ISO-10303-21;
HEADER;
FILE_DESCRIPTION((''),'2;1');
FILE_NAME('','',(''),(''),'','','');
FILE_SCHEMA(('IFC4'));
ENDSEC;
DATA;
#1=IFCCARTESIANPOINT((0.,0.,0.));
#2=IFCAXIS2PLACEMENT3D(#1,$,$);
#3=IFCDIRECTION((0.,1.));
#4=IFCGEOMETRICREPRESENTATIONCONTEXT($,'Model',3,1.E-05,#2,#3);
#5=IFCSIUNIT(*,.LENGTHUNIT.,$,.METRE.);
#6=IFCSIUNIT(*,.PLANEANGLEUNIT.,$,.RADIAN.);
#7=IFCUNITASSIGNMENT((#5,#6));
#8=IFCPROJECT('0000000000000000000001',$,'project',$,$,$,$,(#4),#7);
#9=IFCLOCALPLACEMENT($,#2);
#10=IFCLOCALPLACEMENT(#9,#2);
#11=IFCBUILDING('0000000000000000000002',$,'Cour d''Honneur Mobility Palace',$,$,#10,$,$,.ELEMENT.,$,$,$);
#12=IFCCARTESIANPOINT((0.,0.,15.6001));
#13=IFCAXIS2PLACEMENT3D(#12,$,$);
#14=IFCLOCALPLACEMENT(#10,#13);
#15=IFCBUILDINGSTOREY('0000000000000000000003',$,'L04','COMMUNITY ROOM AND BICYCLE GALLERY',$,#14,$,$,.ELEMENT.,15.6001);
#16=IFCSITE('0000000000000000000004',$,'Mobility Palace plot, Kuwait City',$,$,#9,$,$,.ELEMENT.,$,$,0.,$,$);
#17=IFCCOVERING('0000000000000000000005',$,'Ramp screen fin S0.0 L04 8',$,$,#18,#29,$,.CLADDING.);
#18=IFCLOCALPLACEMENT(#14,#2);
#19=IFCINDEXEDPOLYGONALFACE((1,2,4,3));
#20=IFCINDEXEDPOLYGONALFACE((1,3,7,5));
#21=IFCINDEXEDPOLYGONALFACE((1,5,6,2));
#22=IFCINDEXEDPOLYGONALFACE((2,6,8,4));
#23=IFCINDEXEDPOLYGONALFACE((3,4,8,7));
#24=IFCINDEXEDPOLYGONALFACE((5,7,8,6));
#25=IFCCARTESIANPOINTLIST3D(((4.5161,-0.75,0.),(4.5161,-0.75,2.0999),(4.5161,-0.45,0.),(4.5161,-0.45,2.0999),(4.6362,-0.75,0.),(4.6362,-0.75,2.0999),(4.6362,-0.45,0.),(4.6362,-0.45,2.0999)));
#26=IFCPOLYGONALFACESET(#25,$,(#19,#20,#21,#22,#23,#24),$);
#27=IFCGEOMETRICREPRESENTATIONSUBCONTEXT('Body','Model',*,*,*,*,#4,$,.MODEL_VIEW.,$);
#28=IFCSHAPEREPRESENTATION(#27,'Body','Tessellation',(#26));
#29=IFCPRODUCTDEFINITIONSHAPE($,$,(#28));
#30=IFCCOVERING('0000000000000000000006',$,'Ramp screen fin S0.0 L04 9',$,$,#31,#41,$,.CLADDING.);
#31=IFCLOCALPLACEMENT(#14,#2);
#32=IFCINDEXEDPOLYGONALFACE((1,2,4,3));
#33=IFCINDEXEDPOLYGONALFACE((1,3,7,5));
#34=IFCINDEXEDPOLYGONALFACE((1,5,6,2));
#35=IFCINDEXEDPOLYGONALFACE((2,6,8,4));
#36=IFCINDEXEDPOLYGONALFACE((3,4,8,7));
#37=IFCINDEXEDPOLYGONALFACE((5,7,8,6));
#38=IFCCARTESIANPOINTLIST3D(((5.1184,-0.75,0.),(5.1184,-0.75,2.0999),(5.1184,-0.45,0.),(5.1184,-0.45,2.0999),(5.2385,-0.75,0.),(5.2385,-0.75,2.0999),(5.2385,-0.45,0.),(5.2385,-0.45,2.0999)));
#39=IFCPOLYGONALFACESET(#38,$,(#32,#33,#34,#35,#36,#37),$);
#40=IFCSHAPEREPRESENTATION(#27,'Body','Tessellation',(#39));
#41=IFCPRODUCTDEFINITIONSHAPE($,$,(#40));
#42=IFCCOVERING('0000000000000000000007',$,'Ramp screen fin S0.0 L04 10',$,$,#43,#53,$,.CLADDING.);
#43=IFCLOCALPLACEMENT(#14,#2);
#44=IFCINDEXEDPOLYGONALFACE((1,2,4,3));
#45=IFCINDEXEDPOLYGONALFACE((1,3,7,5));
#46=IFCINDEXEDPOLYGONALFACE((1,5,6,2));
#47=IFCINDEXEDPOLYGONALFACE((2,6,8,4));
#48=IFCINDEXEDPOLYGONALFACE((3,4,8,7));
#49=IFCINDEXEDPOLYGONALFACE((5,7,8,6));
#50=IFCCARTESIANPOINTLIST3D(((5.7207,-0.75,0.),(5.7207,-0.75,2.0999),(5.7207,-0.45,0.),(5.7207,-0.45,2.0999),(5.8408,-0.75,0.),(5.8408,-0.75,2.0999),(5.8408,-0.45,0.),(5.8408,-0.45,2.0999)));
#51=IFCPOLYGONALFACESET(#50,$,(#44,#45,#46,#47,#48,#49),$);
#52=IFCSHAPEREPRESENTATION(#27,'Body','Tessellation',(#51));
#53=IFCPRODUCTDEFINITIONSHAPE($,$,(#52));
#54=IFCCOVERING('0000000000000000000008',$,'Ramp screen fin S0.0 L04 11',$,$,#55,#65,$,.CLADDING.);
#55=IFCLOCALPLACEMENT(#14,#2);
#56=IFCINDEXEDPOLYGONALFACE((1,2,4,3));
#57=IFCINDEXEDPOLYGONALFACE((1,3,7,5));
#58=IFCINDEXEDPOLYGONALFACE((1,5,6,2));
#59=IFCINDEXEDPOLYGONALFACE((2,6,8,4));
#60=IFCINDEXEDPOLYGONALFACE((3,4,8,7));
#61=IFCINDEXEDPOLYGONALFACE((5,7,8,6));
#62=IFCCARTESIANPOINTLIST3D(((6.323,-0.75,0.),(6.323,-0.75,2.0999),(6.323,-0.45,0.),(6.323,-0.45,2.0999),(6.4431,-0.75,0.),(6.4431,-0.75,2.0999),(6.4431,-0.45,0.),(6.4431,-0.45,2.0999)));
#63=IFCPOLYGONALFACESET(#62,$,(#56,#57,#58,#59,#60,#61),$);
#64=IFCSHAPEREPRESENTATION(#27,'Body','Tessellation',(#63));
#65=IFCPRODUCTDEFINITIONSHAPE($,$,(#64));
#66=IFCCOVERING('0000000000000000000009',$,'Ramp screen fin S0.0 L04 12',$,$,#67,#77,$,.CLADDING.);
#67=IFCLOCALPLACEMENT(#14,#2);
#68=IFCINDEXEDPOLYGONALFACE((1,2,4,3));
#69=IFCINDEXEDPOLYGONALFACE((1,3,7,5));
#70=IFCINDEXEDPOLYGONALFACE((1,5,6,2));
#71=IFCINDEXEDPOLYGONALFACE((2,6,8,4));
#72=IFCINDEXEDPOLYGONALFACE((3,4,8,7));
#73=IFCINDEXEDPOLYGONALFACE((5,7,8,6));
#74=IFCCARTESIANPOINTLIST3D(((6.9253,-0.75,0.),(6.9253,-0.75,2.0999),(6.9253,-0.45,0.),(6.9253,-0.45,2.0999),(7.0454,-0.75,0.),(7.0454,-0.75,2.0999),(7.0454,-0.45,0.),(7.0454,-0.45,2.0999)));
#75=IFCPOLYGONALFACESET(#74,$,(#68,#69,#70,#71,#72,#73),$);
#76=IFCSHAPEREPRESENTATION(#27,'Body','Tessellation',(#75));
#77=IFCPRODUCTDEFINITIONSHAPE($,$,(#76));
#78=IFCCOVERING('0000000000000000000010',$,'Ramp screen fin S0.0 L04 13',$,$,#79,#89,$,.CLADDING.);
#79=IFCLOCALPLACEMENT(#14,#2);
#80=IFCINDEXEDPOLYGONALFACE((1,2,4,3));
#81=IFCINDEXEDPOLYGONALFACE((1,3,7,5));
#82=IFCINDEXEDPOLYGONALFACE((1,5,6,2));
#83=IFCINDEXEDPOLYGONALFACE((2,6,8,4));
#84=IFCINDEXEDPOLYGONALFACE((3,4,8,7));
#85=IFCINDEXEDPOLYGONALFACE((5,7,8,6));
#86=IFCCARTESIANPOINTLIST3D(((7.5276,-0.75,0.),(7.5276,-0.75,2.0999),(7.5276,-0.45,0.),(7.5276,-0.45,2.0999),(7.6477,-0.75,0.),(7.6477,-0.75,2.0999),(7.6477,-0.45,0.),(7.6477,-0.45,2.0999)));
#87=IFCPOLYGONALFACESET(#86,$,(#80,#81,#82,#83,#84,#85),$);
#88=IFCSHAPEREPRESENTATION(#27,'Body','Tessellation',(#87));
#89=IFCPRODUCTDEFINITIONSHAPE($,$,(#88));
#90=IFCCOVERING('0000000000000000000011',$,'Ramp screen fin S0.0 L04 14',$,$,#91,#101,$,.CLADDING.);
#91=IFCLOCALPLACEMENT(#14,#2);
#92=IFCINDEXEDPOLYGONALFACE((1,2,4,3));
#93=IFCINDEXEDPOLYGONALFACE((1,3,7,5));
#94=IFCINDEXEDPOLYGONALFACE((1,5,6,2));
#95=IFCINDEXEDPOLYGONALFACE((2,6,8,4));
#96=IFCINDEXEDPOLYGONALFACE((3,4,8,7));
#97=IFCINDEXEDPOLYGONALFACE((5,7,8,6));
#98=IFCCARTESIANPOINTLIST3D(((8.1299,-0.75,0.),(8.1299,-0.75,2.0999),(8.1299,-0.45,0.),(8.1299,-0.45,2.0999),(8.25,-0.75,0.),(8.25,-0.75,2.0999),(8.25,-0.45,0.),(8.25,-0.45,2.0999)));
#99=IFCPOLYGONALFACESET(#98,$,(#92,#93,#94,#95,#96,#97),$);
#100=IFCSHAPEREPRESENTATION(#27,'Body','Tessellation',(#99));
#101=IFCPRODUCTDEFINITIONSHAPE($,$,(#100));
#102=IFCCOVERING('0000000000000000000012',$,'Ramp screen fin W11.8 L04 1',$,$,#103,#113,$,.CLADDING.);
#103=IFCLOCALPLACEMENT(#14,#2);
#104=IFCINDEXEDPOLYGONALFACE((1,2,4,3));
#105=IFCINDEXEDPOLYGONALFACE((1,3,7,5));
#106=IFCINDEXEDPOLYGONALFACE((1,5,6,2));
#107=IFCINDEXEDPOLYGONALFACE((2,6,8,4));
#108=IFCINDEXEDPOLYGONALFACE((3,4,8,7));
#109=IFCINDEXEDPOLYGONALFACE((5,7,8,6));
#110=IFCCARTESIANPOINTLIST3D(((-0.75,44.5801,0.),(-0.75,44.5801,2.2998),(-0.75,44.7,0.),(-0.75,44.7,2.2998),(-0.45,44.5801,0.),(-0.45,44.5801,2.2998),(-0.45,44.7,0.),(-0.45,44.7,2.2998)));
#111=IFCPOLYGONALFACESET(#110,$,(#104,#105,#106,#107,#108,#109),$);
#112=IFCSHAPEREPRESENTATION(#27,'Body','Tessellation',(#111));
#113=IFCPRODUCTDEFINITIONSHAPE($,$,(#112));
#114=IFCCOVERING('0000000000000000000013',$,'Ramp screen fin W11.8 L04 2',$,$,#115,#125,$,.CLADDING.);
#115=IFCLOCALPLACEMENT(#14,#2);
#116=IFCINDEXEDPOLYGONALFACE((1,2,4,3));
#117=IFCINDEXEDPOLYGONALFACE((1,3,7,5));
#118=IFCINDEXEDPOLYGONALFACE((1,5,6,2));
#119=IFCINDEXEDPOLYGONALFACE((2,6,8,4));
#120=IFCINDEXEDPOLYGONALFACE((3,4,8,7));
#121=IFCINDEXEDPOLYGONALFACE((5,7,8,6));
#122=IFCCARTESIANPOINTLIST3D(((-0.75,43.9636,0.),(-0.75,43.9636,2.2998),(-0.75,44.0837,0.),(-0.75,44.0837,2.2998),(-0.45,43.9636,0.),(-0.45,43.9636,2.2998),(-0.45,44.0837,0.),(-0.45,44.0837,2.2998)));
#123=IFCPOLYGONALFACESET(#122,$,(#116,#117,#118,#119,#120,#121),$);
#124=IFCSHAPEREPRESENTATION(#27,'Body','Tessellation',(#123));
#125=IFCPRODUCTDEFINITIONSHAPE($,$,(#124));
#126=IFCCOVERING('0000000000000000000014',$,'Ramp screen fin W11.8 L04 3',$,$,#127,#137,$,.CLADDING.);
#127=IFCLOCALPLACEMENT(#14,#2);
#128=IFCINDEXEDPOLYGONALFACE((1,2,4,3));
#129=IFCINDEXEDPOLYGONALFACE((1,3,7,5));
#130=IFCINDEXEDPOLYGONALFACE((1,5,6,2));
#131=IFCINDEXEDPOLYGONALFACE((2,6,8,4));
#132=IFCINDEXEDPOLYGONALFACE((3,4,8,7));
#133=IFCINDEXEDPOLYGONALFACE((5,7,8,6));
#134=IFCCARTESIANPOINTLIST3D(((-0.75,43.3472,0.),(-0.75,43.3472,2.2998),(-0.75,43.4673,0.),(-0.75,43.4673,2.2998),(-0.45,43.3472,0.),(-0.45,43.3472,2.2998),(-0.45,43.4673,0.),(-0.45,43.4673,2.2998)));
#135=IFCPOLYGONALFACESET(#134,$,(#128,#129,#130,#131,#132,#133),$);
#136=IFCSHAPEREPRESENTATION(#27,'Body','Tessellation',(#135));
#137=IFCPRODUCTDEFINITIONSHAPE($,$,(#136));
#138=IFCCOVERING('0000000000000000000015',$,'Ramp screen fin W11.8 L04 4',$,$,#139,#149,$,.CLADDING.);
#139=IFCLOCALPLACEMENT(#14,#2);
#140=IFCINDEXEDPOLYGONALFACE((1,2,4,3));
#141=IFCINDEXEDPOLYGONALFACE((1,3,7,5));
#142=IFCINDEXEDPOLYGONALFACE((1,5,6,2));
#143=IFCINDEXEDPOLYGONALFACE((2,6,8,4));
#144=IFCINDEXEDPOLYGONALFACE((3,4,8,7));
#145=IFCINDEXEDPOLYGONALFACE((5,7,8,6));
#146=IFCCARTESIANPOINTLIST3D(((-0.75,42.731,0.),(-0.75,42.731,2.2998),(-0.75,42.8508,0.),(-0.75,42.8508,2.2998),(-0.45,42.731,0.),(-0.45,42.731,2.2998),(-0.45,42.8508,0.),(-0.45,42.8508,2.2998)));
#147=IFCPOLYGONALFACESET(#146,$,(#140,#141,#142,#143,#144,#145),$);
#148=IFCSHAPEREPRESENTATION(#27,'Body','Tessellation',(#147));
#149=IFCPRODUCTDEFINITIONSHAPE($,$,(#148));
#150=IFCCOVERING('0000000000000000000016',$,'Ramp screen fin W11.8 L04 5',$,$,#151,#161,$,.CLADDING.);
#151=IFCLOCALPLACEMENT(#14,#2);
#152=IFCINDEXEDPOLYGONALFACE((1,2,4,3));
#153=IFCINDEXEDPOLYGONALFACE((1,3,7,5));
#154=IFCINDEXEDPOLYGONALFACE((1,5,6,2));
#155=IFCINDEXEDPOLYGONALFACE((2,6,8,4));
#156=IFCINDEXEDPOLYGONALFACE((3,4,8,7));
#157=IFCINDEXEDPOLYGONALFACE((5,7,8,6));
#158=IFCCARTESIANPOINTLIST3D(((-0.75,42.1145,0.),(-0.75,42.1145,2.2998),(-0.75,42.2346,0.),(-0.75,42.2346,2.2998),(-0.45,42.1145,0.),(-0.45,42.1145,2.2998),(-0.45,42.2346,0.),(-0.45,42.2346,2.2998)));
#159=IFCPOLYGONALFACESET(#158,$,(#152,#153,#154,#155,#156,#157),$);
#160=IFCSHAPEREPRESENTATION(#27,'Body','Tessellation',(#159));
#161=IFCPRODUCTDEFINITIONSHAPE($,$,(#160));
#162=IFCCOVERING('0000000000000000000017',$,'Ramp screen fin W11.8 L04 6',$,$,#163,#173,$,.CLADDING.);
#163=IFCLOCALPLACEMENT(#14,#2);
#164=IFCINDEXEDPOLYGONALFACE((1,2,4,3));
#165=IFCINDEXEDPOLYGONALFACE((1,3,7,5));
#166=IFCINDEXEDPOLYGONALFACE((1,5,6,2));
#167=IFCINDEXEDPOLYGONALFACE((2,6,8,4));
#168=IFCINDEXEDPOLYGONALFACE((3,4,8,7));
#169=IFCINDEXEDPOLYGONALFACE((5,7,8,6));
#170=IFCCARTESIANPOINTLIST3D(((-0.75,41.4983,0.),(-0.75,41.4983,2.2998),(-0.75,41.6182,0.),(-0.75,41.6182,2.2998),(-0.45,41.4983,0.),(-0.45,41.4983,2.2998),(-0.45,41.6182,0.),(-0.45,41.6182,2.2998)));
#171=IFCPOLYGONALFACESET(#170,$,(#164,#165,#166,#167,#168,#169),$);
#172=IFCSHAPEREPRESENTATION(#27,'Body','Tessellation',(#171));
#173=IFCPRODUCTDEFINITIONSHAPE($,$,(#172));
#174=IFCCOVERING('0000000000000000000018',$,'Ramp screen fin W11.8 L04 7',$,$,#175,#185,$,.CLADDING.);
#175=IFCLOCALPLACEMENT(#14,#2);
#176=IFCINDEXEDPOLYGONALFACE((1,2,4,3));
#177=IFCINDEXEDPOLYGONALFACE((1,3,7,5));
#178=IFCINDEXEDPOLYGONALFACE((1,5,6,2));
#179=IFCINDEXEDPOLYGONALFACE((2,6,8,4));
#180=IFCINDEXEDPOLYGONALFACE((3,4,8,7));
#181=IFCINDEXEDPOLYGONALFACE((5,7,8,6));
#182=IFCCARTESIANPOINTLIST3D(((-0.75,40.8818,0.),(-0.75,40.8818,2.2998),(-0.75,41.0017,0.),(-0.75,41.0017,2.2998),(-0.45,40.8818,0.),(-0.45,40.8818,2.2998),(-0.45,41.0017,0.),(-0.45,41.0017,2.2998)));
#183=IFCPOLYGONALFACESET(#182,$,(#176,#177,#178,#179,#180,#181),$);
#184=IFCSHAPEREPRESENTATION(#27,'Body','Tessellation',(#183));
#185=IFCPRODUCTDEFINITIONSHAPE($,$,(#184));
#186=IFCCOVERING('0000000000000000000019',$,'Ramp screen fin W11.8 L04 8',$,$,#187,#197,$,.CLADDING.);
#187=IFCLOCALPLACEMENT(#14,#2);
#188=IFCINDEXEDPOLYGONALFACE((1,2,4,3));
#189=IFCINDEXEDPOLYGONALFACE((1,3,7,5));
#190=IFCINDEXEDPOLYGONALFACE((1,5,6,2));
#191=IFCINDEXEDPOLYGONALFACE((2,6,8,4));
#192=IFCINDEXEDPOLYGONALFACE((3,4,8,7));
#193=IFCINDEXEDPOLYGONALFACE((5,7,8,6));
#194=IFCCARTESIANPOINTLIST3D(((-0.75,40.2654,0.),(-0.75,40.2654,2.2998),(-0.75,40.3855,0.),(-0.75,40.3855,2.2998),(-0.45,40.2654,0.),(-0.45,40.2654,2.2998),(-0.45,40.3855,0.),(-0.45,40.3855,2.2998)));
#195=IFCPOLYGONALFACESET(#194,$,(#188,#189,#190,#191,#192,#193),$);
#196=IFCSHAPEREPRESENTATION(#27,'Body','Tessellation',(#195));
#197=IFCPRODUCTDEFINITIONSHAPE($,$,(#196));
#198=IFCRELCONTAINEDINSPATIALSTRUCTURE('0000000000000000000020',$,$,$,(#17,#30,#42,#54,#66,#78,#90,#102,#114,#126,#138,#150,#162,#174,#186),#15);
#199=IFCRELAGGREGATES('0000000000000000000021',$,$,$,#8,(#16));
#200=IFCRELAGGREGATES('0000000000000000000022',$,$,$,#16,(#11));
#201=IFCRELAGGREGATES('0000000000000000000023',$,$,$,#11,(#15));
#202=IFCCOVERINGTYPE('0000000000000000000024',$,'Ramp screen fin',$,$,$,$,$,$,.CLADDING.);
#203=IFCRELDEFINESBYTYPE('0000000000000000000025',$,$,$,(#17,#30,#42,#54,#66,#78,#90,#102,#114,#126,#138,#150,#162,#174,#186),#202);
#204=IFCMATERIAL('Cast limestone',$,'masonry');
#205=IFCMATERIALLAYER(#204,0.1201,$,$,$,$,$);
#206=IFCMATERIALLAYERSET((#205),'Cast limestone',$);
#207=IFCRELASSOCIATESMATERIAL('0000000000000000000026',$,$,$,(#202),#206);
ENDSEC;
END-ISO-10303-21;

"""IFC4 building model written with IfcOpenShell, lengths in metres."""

from ifc_helpers import new_model, si_unit, direction, frame, origin, place, context, subcontext, project, spatial, polyline, outline, extrude, material, layer, layer_set, type_object, element, save


model = new_model("IFC4")

# Units and contexts
model_context = context("Model", 3, precision=1e-05, world=origin(), true_north=direction((0.0, 1.0)))
body_context = subcontext(model_context, "Body", "Model", "MODEL_VIEW")
ifc_project = project(units=[si_unit("LENGTHUNIT", "METRE"), si_unit("PLANEANGLEUNIT", "RADIAN")], contexts=[model_context])

# Site, building, storey
site_placement = place(None, origin())
site = spatial("IfcSite", under=ifc_project, at=site_placement, Name="Mobility Palace plot, Kuwait City", CompositionType="ELEMENT", RefElevation=0.0)
building_placement = place(site_placement, origin())
building = spatial("IfcBuilding", under=site, at=building_placement, Name="Cour d'Honneur Mobility Palace", CompositionType="ELEMENT")
storey_placement = place(building_placement, frame((0.0, 0.0, 15.6001)))
storey = spatial("IfcBuildingStorey", under=building, at=storey_placement, Name="L04", Description="COMMUNITY ROOM AND BICYCLE GALLERY", CompositionType="ELEMENT", Elevation=15.6001)

# Coverings
ifc_material = material(Name="Cast limestone", Category="masonry")
ifc_layer = layer(ifc_material, 0.1201)
ifc_layer_set = layer_set([ifc_layer], Name="Cast limestone")
covering_type = type_object("IfcCoveringType", Name="Ramp screen fin", PredefinedType="CLADDING", material=ifc_layer_set)
covering_1_placement = place(storey_placement, origin())
element("IfcCovering", 1, at=covering_1_placement, inside=storey, type_object=covering_type, Name="Ramp screen fin S0.0 L04 8", PredefinedType="CLADDING", context=body_context, shape_type="SweptSolid", body=[
    extrude(outline(polyline([(4.5161, -0.45), (4.6362, -0.45), (4.6362, -0.75), (4.5161, -0.75), (4.5161, -0.45)])), origin(), (0.0, 0.0, 1.0), 2.0999),
])
covering_2_placement = place(storey_placement, origin())
element("IfcCovering", 2, at=covering_2_placement, inside=storey, type_object=covering_type, Name="Ramp screen fin S0.0 L04 9", PredefinedType="CLADDING", context=body_context, shape_type="SweptSolid", body=[
    extrude(outline(polyline([(5.1184, -0.45), (5.2385, -0.45), (5.2385, -0.75), (5.1184, -0.75), (5.1184, -0.45)])), origin(), (0.0, 0.0, 1.0), 2.0999),
])
covering_3_placement = place(storey_placement, origin())
element("IfcCovering", 3, at=covering_3_placement, inside=storey, type_object=covering_type, Name="Ramp screen fin S0.0 L04 10", PredefinedType="CLADDING", context=body_context, shape_type="SweptSolid", body=[
    extrude(outline(polyline([(5.7207, -0.45), (5.8408, -0.45), (5.8408, -0.75), (5.7207, -0.75), (5.7207, -0.45)])), origin(), (0.0, 0.0, 1.0), 2.0999),
])
covering_4_placement = place(storey_placement, origin())
element("IfcCovering", 4, at=covering_4_placement, inside=storey, type_object=covering_type, Name="Ramp screen fin S0.0 L04 11", PredefinedType="CLADDING", context=body_context, shape_type="SweptSolid", body=[
    extrude(outline(polyline([(6.323, -0.45), (6.4431, -0.45), (6.4431, -0.75), (6.323, -0.75), (6.323, -0.45)])), origin(), (0.0, 0.0, 1.0), 2.0999),
])
covering_5_placement = place(storey_placement, origin())
element("IfcCovering", 5, at=covering_5_placement, inside=storey, type_object=covering_type, Name="Ramp screen fin S0.0 L04 12", PredefinedType="CLADDING", context=body_context, shape_type="SweptSolid", body=[
    extrude(outline(polyline([(6.9253, -0.45), (7.0454, -0.45), (7.0454, -0.75), (6.9253, -0.75), (6.9253, -0.45)])), origin(), (0.0, 0.0, 1.0), 2.0999),
])
covering_6_placement = place(storey_placement, origin())
element("IfcCovering", 6, at=covering_6_placement, inside=storey, type_object=covering_type, Name="Ramp screen fin S0.0 L04 13", PredefinedType="CLADDING", context=body_context, shape_type="SweptSolid", body=[
    extrude(outline(polyline([(7.5276, -0.45), (7.6477, -0.45), (7.6477, -0.75), (7.5276, -0.75), (7.5276, -0.45)])), origin(), (0.0, 0.0, 1.0), 2.0999),
])
covering_7_placement = place(storey_placement, origin())
element("IfcCovering", 7, at=covering_7_placement, inside=storey, type_object=covering_type, Name="Ramp screen fin S0.0 L04 14", PredefinedType="CLADDING", context=body_context, shape_type="SweptSolid", body=[
    extrude(outline(polyline([(8.1299, -0.45), (8.25, -0.45), (8.25, -0.75), (8.1299, -0.75), (8.1299, -0.45)])), origin(), (0.0, 0.0, 1.0), 2.0999),
])
covering_8_placement = place(storey_placement, origin())
element("IfcCovering", 8, at=covering_8_placement, inside=storey, type_object=covering_type, Name="Ramp screen fin W11.8 L04 1", PredefinedType="CLADDING", context=body_context, shape_type="SweptSolid", body=[
    extrude(outline(polyline([(-0.45, 44.7), (-0.45, 44.5801), (-0.75, 44.5801), (-0.75, 44.7), (-0.45, 44.7)])), origin(), (0.0, 0.0, 1.0), 2.2998),
])
covering_9_placement = place(storey_placement, origin())
element("IfcCovering", 9, at=covering_9_placement, inside=storey, type_object=covering_type, Name="Ramp screen fin W11.8 L04 2", PredefinedType="CLADDING", context=body_context, shape_type="SweptSolid", body=[
    extrude(outline(polyline([(-0.45, 44.0837), (-0.45, 43.9636), (-0.75, 43.9636), (-0.75, 44.0837), (-0.45, 44.0837)])), origin(), (0.0, 0.0, 1.0), 2.2998),
])
covering_10_placement = place(storey_placement, origin())
element("IfcCovering", 10, at=covering_10_placement, inside=storey, type_object=covering_type, Name="Ramp screen fin W11.8 L04 3", PredefinedType="CLADDING", context=body_context, shape_type="SweptSolid", body=[
    extrude(outline(polyline([(-0.45, 43.4673), (-0.45, 43.3472), (-0.75, 43.3472), (-0.75, 43.4673), (-0.45, 43.4673)])), origin(), (0.0, 0.0, 1.0), 2.2998),
])
covering_11_placement = place(storey_placement, origin())
element("IfcCovering", 11, at=covering_11_placement, inside=storey, type_object=covering_type, Name="Ramp screen fin W11.8 L04 4", PredefinedType="CLADDING", context=body_context, shape_type="SweptSolid", body=[
    extrude(outline(polyline([(-0.45, 42.8508), (-0.45, 42.731), (-0.75, 42.731), (-0.75, 42.8508), (-0.45, 42.8508)])), origin(), (0.0, 0.0, 1.0), 2.2998),
])
covering_12_placement = place(storey_placement, origin())
element("IfcCovering", 12, at=covering_12_placement, inside=storey, type_object=covering_type, Name="Ramp screen fin W11.8 L04 5", PredefinedType="CLADDING", context=body_context, shape_type="SweptSolid", body=[
    extrude(outline(polyline([(-0.45, 42.2346), (-0.45, 42.1145), (-0.75, 42.1145), (-0.75, 42.2346), (-0.45, 42.2346)])), origin(), (0.0, 0.0, 1.0), 2.2998),
])
covering_13_placement = place(storey_placement, origin())
element("IfcCovering", 13, at=covering_13_placement, inside=storey, type_object=covering_type, Name="Ramp screen fin W11.8 L04 6", PredefinedType="CLADDING", context=body_context, shape_type="SweptSolid", body=[
    extrude(outline(polyline([(-0.45, 41.6182), (-0.45, 41.4983), (-0.75, 41.4983), (-0.75, 41.6182), (-0.45, 41.6182)])), origin(), (0.0, 0.0, 1.0), 2.2998),
])
covering_14_placement = place(storey_placement, origin())
element("IfcCovering", 14, at=covering_14_placement, inside=storey, type_object=covering_type, Name="Ramp screen fin W11.8 L04 7", PredefinedType="CLADDING", context=body_context, shape_type="SweptSolid", body=[
    extrude(outline(polyline([(-0.45, 41.0017), (-0.45, 40.8818), (-0.75, 40.8818), (-0.75, 41.0017), (-0.45, 41.0017)])), origin(), (0.0, 0.0, 1.0), 2.2998),
])
covering_15_placement = place(storey_placement, origin())
element("IfcCovering", 15, at=covering_15_placement, inside=storey, type_object=covering_type, Name="Ramp screen fin W11.8 L04 8", PredefinedType="CLADDING", context=body_context, shape_type="SweptSolid", body=[
    extrude(outline(polyline([(-0.45, 40.3855), (-0.45, 40.2654), (-0.75, 40.2654), (-0.75, 40.3855), (-0.45, 40.3855)])), origin(), (0.0, 0.0, 1.0), 2.2998),
])

save(model, "model.ifc")
